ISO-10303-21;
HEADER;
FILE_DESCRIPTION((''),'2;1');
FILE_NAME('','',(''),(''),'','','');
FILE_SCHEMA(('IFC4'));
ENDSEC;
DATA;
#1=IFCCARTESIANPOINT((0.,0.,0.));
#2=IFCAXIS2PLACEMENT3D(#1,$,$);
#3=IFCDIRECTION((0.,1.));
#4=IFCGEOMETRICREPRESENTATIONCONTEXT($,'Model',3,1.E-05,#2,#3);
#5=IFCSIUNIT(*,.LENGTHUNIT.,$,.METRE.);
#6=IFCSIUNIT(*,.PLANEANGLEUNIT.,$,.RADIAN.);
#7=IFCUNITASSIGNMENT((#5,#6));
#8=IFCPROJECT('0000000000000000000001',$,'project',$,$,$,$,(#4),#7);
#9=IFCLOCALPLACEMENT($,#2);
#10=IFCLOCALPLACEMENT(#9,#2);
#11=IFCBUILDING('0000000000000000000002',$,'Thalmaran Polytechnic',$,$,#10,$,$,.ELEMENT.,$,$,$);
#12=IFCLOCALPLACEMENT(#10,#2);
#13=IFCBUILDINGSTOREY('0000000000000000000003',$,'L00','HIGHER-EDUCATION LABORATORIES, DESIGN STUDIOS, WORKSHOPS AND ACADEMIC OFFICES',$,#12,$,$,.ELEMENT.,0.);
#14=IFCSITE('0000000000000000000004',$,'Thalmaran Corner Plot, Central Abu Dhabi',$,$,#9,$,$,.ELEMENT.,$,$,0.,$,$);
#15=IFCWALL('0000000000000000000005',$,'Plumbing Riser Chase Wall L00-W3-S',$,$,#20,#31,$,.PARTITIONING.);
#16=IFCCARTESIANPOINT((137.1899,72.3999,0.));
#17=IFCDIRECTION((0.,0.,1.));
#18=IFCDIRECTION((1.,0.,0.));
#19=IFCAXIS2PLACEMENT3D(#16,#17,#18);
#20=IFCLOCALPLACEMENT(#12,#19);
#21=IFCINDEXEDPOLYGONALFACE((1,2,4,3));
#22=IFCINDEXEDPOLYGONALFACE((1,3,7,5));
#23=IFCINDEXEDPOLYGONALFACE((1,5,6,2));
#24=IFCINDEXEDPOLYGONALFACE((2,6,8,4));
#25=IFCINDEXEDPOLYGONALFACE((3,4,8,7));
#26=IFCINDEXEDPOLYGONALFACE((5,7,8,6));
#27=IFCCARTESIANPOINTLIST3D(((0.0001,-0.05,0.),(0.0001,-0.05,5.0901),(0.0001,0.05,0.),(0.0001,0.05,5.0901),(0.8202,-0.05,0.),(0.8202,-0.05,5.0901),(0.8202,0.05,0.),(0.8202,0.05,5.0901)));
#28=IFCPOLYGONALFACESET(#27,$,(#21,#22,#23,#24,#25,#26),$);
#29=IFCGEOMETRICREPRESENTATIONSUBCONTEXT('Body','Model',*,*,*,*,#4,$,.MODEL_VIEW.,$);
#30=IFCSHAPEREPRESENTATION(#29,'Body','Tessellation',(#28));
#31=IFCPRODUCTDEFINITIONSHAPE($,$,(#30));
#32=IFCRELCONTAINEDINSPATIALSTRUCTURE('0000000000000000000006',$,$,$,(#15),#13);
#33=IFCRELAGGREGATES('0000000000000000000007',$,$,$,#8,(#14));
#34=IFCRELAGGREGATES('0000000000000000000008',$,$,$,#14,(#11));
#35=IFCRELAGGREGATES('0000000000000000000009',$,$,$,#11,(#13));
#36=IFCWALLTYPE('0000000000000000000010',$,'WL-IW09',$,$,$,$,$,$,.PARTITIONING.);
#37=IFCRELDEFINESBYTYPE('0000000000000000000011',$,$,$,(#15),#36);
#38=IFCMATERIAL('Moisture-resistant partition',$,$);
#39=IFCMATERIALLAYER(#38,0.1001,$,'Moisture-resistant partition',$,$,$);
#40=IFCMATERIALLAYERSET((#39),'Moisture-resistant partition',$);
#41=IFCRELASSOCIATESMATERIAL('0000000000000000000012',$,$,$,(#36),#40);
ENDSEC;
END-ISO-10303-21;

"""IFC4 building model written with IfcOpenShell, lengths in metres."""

from ifc_helpers import new_model, si_unit, direction, frame, frame_2d, origin, place, context, subcontext, project, spatial, rectangle, extrude, material, layer, layer_set, type_object, element, save


model = new_model("IFC4")

# Units and contexts
model_context = context("Model", 3, precision=1e-05, world=origin(), true_north=direction((0.0, 1.0)))
body_context = subcontext(model_context, "Body", "Model", "MODEL_VIEW")
ifc_project = project(units=[si_unit("LENGTHUNIT", "METRE"), si_unit("PLANEANGLEUNIT", "RADIAN")], contexts=[model_context])

# Site, building, storey
site_placement = place(None, origin())
site = spatial("IfcSite", under=ifc_project, at=site_placement, Name="Thalmaran Corner Plot, Central Abu Dhabi", CompositionType="ELEMENT", RefElevation=0.0)
building_placement = place(site_placement, origin())
building = spatial("IfcBuilding", under=site, at=building_placement, Name="Thalmaran Polytechnic", CompositionType="ELEMENT")
storey_placement = place(building_placement, origin())
storey = spatial("IfcBuildingStorey", under=building, at=storey_placement, Name="L00", Description="HIGHER-EDUCATION LABORATORIES, DESIGN STUDIOS, WORKSHOPS AND ACADEMIC OFFICES", CompositionType="ELEMENT", Elevation=0.0)

# Wall
ifc_material_1 = material(Name="Moisture-resistant partition")
ifc_layer_1 = layer(ifc_material_1, 0.1001, Name="Moisture-resistant partition")
ifc_layer_set_1 = layer_set([ifc_layer_1], Name="Moisture-resistant partition")
wall_type_1 = type_object("IfcWallType", Name="WL-IW09", PredefinedType="PARTITIONING", material=ifc_layer_set_1)
wall_1_placement = place(storey_placement, frame((137.1899, 72.3999, 0.0), z_axis=(0.0, 0.0, 1.0), x_axis=(1.0, 0.0, 0.0)))
element("IfcWall", 1, at=wall_1_placement, inside=storey, type_object=wall_type_1, Name="Plumbing Riser Chase Wall L00-W3-S", PredefinedType="PARTITIONING", context=body_context, shape_type="SweptSolid", body=[
    extrude(rectangle(XDim=0.8201, YDim=0.1001, at=frame_2d((0.4102, 0.0))), origin(), (0.0, 0.0, 1.0), 5.0901),
])

save(model, "model.ifc")
